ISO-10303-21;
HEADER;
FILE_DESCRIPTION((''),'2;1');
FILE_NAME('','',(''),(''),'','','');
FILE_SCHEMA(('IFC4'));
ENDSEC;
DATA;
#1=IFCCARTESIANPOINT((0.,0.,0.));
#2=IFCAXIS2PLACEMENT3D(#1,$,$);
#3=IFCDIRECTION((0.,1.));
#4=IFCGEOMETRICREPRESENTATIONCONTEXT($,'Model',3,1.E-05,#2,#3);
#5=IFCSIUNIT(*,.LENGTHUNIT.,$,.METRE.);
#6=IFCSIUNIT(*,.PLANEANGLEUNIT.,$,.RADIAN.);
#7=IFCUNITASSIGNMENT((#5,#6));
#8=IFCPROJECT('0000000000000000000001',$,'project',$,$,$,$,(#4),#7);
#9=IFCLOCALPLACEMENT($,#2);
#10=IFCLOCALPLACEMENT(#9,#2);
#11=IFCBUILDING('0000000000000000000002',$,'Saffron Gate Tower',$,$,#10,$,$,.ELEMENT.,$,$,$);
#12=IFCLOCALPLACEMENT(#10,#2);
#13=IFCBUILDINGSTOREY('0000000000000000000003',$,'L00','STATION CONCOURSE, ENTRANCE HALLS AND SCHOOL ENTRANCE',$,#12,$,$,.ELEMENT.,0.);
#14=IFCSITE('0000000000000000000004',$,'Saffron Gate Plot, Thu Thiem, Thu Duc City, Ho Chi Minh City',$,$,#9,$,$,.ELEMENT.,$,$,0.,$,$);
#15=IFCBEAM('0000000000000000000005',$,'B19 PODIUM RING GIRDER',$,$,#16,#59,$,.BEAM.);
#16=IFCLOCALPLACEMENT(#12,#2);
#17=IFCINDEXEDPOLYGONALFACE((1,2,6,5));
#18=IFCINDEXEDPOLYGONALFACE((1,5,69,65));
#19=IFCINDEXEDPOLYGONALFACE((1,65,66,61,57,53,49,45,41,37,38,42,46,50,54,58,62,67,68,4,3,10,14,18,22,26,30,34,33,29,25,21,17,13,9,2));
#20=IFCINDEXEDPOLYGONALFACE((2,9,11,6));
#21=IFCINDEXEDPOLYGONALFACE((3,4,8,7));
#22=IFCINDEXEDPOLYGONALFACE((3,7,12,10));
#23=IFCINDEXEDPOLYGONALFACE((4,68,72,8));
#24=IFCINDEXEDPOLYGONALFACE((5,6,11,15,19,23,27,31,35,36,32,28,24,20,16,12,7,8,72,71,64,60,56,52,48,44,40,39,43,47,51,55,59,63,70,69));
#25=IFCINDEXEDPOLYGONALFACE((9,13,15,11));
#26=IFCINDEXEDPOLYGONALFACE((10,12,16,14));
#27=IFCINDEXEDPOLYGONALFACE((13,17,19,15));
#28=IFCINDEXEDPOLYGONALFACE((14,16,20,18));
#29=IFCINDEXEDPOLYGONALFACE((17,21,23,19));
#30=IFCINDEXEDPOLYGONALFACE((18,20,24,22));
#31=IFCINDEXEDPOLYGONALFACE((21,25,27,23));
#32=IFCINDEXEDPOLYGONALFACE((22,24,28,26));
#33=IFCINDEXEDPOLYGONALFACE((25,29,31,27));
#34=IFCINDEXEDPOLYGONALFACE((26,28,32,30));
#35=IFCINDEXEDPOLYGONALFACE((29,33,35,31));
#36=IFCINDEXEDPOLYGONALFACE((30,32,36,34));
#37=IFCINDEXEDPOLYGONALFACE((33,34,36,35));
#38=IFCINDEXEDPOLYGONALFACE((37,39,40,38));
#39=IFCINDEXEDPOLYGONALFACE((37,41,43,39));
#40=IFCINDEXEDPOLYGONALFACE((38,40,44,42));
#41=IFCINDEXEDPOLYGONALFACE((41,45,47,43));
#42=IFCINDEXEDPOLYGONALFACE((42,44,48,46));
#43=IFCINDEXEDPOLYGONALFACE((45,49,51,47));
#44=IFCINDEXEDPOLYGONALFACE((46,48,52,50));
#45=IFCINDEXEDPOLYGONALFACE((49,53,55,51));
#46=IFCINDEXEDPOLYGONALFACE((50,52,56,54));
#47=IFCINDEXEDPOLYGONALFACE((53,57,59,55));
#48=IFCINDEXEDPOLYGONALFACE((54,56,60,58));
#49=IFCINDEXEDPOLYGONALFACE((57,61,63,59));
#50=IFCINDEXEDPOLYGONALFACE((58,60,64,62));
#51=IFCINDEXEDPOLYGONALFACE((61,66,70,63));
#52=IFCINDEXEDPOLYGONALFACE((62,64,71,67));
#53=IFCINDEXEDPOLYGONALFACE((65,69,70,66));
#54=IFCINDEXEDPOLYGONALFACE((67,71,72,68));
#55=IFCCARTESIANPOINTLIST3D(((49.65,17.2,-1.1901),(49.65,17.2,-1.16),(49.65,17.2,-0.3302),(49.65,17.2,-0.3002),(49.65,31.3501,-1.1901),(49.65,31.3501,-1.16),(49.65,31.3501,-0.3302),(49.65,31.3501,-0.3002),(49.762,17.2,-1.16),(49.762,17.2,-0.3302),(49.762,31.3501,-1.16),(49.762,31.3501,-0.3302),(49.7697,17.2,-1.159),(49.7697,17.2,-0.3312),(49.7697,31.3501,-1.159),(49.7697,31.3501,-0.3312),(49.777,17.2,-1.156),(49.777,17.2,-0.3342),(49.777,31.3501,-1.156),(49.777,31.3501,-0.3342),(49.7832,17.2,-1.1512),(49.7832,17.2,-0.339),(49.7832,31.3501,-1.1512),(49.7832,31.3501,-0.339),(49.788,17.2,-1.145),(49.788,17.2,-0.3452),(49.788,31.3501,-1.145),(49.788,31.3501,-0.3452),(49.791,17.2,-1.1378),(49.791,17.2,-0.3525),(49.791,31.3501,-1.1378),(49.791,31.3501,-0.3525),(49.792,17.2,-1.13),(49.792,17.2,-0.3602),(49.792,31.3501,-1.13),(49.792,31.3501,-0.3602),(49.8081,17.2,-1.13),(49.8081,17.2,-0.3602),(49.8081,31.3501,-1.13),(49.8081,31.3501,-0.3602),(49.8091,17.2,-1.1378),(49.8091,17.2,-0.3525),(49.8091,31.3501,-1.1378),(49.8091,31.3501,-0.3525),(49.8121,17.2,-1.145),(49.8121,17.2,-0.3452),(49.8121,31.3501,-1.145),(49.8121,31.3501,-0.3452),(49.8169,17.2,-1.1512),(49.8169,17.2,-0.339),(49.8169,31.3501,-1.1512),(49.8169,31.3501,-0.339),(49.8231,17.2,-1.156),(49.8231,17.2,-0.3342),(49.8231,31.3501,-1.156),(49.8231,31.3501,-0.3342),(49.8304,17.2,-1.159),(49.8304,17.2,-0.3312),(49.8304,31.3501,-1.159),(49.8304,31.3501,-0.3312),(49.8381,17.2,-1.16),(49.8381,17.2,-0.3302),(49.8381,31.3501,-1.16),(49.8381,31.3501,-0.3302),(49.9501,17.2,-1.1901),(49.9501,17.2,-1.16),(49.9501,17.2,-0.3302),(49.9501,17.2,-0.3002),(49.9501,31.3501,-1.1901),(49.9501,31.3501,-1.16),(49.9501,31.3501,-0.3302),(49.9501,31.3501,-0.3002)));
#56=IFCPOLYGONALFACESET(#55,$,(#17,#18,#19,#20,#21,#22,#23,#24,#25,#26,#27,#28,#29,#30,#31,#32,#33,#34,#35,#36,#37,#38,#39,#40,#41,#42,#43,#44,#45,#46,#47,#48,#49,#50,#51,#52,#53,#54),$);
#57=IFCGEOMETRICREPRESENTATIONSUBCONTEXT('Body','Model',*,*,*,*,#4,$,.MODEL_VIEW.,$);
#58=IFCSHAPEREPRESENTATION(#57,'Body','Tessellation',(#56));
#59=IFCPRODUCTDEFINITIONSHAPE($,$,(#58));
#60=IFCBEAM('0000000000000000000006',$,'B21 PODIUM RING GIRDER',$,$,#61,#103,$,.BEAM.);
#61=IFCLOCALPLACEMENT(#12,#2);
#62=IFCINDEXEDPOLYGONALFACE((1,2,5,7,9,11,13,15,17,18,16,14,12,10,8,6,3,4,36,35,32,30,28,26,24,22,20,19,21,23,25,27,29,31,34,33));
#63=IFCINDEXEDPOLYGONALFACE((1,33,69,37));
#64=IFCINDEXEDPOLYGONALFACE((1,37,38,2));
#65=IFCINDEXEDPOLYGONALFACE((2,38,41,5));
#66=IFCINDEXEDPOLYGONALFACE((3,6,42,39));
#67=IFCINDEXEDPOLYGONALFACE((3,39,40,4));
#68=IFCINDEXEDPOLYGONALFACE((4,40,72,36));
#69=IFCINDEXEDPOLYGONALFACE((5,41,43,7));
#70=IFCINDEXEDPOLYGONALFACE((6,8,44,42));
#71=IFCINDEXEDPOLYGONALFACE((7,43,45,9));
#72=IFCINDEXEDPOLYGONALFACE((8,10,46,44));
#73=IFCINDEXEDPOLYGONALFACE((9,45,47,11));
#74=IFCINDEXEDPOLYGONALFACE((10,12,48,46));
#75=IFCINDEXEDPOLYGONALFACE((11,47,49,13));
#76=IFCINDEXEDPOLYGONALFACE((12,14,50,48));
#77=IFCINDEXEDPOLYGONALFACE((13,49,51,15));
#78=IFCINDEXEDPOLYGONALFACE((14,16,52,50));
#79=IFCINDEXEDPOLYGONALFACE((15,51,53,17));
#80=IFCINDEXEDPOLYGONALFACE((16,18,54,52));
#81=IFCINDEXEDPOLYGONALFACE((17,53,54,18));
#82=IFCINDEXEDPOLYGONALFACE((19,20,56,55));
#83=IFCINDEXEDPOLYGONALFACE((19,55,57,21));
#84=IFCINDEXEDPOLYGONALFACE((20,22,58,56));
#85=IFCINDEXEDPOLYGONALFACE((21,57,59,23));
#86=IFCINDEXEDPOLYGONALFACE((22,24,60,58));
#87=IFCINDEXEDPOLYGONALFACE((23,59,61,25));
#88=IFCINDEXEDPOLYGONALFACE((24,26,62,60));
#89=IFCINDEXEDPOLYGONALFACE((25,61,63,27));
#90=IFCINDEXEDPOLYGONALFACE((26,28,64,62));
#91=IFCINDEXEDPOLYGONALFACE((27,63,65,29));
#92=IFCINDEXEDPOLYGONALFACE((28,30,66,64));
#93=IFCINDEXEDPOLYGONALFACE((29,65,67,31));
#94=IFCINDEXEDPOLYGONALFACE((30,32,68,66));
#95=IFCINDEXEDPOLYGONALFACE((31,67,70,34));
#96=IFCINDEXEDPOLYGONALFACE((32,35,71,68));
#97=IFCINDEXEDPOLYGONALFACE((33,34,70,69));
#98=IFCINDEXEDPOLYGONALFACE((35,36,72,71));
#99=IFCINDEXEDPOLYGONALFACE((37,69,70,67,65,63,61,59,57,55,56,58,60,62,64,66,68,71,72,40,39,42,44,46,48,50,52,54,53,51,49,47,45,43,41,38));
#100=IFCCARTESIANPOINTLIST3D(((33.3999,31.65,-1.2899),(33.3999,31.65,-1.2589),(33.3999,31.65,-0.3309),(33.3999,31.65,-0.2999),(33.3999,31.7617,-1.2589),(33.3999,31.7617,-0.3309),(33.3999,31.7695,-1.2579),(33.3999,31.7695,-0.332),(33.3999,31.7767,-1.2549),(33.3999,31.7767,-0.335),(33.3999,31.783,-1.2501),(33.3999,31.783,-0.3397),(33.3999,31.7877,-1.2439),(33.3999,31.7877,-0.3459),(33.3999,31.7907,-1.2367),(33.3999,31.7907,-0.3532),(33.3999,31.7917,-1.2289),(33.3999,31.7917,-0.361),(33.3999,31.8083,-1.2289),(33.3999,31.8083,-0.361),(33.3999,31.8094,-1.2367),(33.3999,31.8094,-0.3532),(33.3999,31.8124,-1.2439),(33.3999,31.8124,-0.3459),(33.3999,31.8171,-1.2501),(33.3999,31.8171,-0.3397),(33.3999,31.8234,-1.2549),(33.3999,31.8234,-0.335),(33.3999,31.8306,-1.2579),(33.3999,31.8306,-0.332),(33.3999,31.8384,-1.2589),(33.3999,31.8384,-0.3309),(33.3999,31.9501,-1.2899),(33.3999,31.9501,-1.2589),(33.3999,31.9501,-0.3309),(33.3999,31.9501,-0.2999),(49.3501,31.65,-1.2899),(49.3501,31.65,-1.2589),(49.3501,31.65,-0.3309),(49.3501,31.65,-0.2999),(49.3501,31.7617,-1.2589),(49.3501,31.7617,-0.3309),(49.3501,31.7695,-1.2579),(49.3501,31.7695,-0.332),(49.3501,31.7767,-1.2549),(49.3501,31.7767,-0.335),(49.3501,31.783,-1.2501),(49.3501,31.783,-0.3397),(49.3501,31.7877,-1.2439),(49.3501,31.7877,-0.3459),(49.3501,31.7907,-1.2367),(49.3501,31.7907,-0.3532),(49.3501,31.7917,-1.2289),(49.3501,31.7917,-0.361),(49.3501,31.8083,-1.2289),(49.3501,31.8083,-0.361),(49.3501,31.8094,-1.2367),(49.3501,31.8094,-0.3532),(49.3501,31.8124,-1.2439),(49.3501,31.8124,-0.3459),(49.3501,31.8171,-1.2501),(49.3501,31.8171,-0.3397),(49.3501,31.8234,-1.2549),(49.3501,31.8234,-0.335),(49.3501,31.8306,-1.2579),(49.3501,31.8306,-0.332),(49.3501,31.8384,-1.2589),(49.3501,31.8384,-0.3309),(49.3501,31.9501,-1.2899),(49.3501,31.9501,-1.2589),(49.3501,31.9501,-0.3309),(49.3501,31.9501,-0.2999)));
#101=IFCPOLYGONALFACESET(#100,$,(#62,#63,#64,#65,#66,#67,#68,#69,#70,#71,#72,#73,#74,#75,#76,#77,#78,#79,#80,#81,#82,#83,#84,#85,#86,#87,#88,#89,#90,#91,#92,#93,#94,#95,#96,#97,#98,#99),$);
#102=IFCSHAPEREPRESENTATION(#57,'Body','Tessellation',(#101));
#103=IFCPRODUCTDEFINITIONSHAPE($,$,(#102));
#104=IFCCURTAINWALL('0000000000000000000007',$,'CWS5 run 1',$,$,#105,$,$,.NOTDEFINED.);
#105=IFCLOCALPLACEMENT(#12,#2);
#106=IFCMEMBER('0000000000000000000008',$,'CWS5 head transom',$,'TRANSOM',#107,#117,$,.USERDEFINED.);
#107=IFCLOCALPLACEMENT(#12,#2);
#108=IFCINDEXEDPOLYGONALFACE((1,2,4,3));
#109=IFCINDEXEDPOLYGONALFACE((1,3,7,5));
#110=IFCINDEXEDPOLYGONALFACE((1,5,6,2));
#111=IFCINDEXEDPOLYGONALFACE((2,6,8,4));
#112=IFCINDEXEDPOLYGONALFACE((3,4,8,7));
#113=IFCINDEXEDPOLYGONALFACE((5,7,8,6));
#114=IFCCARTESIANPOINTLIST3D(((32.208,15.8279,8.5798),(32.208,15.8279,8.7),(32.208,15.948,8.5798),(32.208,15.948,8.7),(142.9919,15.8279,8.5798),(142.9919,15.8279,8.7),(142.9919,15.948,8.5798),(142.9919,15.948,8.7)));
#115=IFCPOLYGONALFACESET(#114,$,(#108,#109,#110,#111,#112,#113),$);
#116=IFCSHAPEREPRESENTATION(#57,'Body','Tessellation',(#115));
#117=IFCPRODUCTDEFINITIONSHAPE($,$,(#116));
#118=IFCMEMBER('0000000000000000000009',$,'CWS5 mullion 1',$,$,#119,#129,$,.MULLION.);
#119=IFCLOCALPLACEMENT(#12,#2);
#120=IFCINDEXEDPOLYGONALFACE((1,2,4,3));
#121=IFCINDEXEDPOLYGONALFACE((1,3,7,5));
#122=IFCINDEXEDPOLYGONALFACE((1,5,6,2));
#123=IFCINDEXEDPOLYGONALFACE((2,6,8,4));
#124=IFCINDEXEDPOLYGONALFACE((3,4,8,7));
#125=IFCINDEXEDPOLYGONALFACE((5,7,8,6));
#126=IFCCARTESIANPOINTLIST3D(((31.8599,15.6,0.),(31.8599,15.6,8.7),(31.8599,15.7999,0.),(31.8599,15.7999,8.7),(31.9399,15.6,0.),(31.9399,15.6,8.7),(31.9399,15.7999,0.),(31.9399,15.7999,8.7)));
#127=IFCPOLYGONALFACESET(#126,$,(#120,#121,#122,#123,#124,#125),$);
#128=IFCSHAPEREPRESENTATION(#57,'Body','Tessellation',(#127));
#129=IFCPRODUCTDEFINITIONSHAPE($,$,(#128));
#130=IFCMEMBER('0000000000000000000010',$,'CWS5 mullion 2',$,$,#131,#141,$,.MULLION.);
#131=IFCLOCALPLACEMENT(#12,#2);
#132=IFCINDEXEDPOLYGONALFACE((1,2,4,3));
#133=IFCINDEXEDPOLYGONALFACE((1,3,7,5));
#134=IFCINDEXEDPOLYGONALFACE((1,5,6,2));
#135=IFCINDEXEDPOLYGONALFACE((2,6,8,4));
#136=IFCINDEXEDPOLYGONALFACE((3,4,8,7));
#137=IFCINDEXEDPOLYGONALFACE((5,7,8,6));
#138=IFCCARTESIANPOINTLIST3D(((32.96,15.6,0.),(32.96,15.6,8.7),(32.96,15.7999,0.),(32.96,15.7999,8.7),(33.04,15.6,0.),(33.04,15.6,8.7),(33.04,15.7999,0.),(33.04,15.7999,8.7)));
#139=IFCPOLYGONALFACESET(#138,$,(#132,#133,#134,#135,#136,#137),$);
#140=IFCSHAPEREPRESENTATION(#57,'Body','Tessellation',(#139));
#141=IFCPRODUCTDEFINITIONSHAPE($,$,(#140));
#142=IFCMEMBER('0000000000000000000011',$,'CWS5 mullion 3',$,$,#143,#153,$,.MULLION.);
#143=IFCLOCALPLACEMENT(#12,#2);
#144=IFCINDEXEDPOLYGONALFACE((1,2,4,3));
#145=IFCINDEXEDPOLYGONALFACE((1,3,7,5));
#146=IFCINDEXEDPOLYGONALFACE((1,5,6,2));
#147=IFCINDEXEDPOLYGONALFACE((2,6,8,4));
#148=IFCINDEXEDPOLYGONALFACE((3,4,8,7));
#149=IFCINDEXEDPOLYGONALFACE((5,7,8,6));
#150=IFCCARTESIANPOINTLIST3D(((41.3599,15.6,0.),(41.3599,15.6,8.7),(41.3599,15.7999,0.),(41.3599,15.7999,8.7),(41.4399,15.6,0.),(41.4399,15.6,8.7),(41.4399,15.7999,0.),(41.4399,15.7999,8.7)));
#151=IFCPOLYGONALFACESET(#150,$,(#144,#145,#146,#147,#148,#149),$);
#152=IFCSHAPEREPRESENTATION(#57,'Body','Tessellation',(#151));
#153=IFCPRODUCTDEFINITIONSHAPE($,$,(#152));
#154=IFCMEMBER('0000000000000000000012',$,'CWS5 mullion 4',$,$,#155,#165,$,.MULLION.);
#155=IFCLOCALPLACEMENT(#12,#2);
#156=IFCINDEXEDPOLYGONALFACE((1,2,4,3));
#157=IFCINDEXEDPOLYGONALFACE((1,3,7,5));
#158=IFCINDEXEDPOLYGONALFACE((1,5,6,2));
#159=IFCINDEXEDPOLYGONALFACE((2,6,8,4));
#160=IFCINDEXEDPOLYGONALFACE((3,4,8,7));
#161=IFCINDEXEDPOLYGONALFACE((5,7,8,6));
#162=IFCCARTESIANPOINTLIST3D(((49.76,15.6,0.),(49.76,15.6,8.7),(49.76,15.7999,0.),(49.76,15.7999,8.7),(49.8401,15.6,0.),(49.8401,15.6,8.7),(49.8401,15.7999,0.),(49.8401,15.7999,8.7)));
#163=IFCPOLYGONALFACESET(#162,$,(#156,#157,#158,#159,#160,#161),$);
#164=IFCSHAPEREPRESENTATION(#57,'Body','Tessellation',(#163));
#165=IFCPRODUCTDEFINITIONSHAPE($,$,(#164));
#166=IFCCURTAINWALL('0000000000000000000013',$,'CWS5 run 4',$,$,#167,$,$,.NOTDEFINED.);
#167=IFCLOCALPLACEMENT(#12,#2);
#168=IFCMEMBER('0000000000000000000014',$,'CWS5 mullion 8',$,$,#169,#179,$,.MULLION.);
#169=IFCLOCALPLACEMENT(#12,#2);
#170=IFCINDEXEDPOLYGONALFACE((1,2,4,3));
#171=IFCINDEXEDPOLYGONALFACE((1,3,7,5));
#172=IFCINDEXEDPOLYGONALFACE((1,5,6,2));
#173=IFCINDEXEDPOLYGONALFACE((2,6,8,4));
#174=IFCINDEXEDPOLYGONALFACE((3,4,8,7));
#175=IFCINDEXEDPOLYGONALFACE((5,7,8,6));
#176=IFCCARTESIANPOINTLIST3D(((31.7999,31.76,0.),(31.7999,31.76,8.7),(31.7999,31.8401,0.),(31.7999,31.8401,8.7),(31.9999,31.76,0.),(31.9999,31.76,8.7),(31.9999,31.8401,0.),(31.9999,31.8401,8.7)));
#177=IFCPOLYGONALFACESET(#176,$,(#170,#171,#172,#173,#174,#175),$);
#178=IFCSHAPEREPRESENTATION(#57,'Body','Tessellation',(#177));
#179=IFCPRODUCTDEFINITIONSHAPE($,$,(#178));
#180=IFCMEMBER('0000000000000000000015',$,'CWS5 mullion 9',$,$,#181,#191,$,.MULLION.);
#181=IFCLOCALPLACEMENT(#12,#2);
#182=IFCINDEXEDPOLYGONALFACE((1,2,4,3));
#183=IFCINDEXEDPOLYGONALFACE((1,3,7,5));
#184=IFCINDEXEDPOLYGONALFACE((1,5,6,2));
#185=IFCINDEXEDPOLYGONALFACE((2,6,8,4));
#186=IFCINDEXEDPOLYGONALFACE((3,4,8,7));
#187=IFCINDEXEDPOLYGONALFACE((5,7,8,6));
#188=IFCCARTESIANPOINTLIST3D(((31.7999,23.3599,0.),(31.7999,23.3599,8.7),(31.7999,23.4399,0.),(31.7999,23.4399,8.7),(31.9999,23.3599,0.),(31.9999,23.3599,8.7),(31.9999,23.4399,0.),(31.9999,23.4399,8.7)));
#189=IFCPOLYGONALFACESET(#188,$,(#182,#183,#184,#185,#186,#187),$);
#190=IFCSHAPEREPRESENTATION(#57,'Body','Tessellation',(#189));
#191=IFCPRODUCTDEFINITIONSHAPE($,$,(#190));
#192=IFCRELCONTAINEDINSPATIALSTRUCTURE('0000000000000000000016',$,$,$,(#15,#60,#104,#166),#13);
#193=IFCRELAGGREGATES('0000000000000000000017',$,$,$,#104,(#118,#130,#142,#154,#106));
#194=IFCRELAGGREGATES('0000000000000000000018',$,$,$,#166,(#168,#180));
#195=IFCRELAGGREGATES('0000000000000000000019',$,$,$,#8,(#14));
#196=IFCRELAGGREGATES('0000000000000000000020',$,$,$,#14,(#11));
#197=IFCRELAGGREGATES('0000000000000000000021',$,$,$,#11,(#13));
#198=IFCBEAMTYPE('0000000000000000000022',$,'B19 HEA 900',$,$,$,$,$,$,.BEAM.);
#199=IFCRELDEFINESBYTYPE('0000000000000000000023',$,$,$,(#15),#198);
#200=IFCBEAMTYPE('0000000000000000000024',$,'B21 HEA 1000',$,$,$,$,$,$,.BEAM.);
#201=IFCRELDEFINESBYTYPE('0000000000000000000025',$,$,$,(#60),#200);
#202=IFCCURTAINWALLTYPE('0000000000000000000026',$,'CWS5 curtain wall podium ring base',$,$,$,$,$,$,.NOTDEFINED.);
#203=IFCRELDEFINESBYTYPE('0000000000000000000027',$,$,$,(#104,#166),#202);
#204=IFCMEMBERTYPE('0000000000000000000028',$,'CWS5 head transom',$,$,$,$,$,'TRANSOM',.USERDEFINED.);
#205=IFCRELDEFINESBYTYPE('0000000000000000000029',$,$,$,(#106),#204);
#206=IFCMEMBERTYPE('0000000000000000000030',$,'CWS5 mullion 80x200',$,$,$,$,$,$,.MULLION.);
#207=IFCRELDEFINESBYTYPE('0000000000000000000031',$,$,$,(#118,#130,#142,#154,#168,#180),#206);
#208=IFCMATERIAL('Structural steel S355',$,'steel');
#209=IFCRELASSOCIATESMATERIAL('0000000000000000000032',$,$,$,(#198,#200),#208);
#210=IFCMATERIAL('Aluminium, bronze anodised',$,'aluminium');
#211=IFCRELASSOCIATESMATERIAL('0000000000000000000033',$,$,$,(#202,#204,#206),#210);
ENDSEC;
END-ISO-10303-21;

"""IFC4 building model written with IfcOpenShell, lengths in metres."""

from ifc_helpers import new_model, si_unit, direction, frame, origin, origin_2d, place, context, subcontext, project, spatial, rectangle, i_section, extrude, material, material_profile, profile_set, type_object, element, aggregate, save


model = new_model("IFC4")

# Units and contexts
model_context = context("Model", 3, precision=1e-05, world=origin(), true_north=direction((0.0, 1.0)))
body_context = subcontext(model_context, "Body", "Model", "MODEL_VIEW")
ifc_project = project(units=[si_unit("LENGTHUNIT", "METRE"), si_unit("PLANEANGLEUNIT", "RADIAN")], contexts=[model_context])

# Site, building, storey
site_placement = place(None, origin())
site = spatial("IfcSite", under=ifc_project, at=site_placement, Name="Saffron Gate Plot, Thu Thiem, Thu Duc City, Ho Chi Minh City", CompositionType="ELEMENT", RefElevation=0.0)
building_placement = place(site_placement, origin())
building = spatial("IfcBuilding", under=site, at=building_placement, Name="Saffron Gate Tower", CompositionType="ELEMENT")
storey_placement = place(building_placement, origin())
storey = spatial("IfcBuildingStorey", under=building, at=storey_placement, Name="L00", Description="STATION CONCOURSE, ENTRANCE HALLS AND SCHOOL ENTRANCE", CompositionType="ELEMENT", Elevation=0.0)

# Beams
ifc_material_1 = material(Name="Structural steel S355", Category="steel")
ifc_material_profile_1 = material_profile(ifc_material_1, i_section(OverallWidth=0.3, OverallDepth=0.8899, WebThickness=0.0161, FlangeThickness=0.03, FilletRadius=0.03, at=origin_2d()))
ifc_profile_set_1 = profile_set([ifc_material_profile_1], Name="Structural steel S355")
beam_type_1 = type_object("IfcBeamType", Name="B19 HEA 900", PredefinedType="BEAM", material=ifc_profile_set_1)
beam_1_placement = place(storey_placement, frame((49.8, 17.2, -0.7451), z_axis=(0.0, 1.0, 0.0), x_axis=(-1.0, 0.0, 0.0)))
element("IfcBeam", 1, at=beam_1_placement, inside=storey, type_object=beam_type_1, Name="B19 PODIUM RING GIRDER", PredefinedType="BEAM", context=body_context, shape_type="SweptSolid", body=[
    extrude(i_section(OverallWidth=0.3, OverallDepth=0.8899, WebThickness=0.0161, FlangeThickness=0.03, FilletRadius=0.03, at=origin_2d()), origin(), (0.0, 0.0, 1.0), 14.1501),
])
ifc_material_profile_2 = material_profile(ifc_material_1, i_section(OverallWidth=0.3, OverallDepth=0.99, WebThickness=0.0166, FlangeThickness=0.031, FilletRadius=0.03, at=origin_2d()))
ifc_profile_set_2 = profile_set([ifc_material_profile_2], Name="Structural steel S355")
beam_type_2 = type_object("IfcBeamType", Name="B21 HEA 1000", PredefinedType="BEAM", material=ifc_profile_set_2)
beam_2_placement = place(storey_placement, frame((33.3999, 31.8, -0.7949), z_axis=(1.0, 0.0, 0.0), x_axis=(0.0, 1.0, 0.0)))
element("IfcBeam", 2, at=beam_2_placement, inside=storey, type_object=beam_type_2, Name="B21 PODIUM RING GIRDER", PredefinedType="BEAM", context=body_context, shape_type="SweptSolid", body=[
    extrude(i_section(OverallWidth=0.3, OverallDepth=0.99, WebThickness=0.0166, FlangeThickness=0.031, FilletRadius=0.03, at=origin_2d()), origin(), (0.0, 0.0, 1.0), 15.9502),
])

# Curtain walls, members
ifc_material_2 = material(Name="Aluminium, bronze anodised", Category="aluminium")
curtain_wall_type = type_object("IfcCurtainWallType", Name="CWS5 curtain wall podium ring base", PredefinedType="NOTDEFINED", material=ifc_material_2)
curtain_wall_1_placement = place(storey_placement, origin())
curtain_wall_1 = element("IfcCurtainWall", 3, at=curtain_wall_1_placement, inside=storey, type_object=curtain_wall_type, Name="CWS5 run 1", PredefinedType="NOTDEFINED")
ifc_material_profile_3 = material_profile(ifc_material_2, rectangle(XDim=0.1201, YDim=0.1201, at=origin_2d()))
ifc_profile_set_3 = profile_set([ifc_material_profile_3], Name="Aluminium, bronze anodised")
member_type_1 = type_object("IfcMemberType", Name="CWS5 head transom", ElementType="TRANSOM", PredefinedType="USERDEFINED", material=ifc_profile_set_3)
member_1_placement = place(storey_placement, frame((32.208, 15.8879, 8.6399), z_axis=(1.0, 0.0, 0.0), x_axis=(0.0, 1.0, 0.0)))
member_1 = element("IfcMember", 4, at=member_1_placement, type_object=member_type_1, Name="CWS5 head transom", ObjectType="TRANSOM", PredefinedType="USERDEFINED", context=body_context, shape_type="SweptSolid", body=[
    extrude(rectangle(XDim=0.1201, YDim=0.1201, at=origin_2d()), origin(), (0.0, 0.0, 1.0), 110.7839),
])
ifc_material_profile_4 = material_profile(ifc_material_2, rectangle(XDim=0.2, YDim=0.0801, at=origin_2d()))
ifc_profile_set_4 = profile_set([ifc_material_profile_4], Name="Aluminium, bronze anodised")
member_type_2 = type_object("IfcMemberType", Name="CWS5 mullion 80x200", PredefinedType="MULLION", material=ifc_profile_set_4)
member_2_placement = place(storey_placement, frame((31.8999, 15.7, 0.0), z_axis=(0.0, 0.0, 1.0), x_axis=(0.0, 1.0, 0.0)))
member_2 = element("IfcMember", 5, at=member_2_placement, type_object=member_type_2, Name="CWS5 mullion 1", PredefinedType="MULLION", context=body_context, shape_type="SweptSolid", body=[
    extrude(rectangle(XDim=0.2, YDim=0.0801, at=origin_2d()), origin(), (0.0, 0.0, 1.0), 8.7),
])
member_3_placement = place(storey_placement, frame((33.0, 15.7, 0.0), z_axis=(0.0, 0.0, 1.0), x_axis=(0.0, 1.0, 0.0)))
member_3 = element("IfcMember", 6, at=member_3_placement, type_object=member_type_2, Name="CWS5 mullion 2", PredefinedType="MULLION", context=body_context, shape_type="SweptSolid", body=[
    extrude(rectangle(XDim=0.2, YDim=0.0801, at=origin_2d()), origin(), (0.0, 0.0, 1.0), 8.7),
])
member_4_placement = place(storey_placement, frame((41.3999, 15.7, 0.0), z_axis=(0.0, 0.0, 1.0), x_axis=(0.0, 1.0, 0.0)))
member_4 = element("IfcMember", 7, at=member_4_placement, type_object=member_type_2, Name="CWS5 mullion 3", PredefinedType="MULLION", context=body_context, shape_type="SweptSolid", body=[
    extrude(rectangle(XDim=0.2, YDim=0.0801, at=origin_2d()), origin(), (0.0, 0.0, 1.0), 8.7),
])
member_5_placement = place(storey_placement, frame((49.8, 15.7, 0.0), z_axis=(0.0, 0.0, 1.0), x_axis=(0.0, 1.0, 0.0)))
member_5 = element("IfcMember", 8, at=member_5_placement, type_object=member_type_2, Name="CWS5 mullion 4", PredefinedType="MULLION", context=body_context, shape_type="SweptSolid", body=[
    extrude(rectangle(XDim=0.2, YDim=0.0801, at=origin_2d()), origin(), (0.0, 0.0, 1.0), 8.7),
])
curtain_wall_2_placement = place(storey_placement, origin())
curtain_wall_2 = element("IfcCurtainWall", 9, at=curtain_wall_2_placement, inside=storey, type_object=curtain_wall_type, Name="CWS5 run 4", PredefinedType="NOTDEFINED")
member_6_placement = place(storey_placement, frame((31.8999, 31.8, 0.0), z_axis=(0.0, 0.0, 1.0), x_axis=(1.0, 0.0, 0.0)))
member_6 = element("IfcMember", 10, at=member_6_placement, type_object=member_type_2, Name="CWS5 mullion 8", PredefinedType="MULLION", context=body_context, shape_type="SweptSolid", body=[
    extrude(rectangle(XDim=0.2, YDim=0.0801, at=origin_2d()), origin(), (0.0, 0.0, 1.0), 8.7),
])
member_7_placement = place(storey_placement, frame((31.8999, 23.3999, 0.0), z_axis=(0.0, 0.0, 1.0), x_axis=(1.0, 0.0, 0.0)))
member_7 = element("IfcMember", 11, at=member_7_placement, type_object=member_type_2, Name="CWS5 mullion 9", PredefinedType="MULLION", context=body_context, shape_type="SweptSolid", body=[
    extrude(rectangle(XDim=0.2, YDim=0.0801, at=origin_2d()), origin(), (0.0, 0.0, 1.0), 8.7),
])

aggregate(curtain_wall_1, [member_2, member_3, member_4, member_5, member_1])
aggregate(curtain_wall_2, [member_6, member_7])

save(model, "model.ifc")
